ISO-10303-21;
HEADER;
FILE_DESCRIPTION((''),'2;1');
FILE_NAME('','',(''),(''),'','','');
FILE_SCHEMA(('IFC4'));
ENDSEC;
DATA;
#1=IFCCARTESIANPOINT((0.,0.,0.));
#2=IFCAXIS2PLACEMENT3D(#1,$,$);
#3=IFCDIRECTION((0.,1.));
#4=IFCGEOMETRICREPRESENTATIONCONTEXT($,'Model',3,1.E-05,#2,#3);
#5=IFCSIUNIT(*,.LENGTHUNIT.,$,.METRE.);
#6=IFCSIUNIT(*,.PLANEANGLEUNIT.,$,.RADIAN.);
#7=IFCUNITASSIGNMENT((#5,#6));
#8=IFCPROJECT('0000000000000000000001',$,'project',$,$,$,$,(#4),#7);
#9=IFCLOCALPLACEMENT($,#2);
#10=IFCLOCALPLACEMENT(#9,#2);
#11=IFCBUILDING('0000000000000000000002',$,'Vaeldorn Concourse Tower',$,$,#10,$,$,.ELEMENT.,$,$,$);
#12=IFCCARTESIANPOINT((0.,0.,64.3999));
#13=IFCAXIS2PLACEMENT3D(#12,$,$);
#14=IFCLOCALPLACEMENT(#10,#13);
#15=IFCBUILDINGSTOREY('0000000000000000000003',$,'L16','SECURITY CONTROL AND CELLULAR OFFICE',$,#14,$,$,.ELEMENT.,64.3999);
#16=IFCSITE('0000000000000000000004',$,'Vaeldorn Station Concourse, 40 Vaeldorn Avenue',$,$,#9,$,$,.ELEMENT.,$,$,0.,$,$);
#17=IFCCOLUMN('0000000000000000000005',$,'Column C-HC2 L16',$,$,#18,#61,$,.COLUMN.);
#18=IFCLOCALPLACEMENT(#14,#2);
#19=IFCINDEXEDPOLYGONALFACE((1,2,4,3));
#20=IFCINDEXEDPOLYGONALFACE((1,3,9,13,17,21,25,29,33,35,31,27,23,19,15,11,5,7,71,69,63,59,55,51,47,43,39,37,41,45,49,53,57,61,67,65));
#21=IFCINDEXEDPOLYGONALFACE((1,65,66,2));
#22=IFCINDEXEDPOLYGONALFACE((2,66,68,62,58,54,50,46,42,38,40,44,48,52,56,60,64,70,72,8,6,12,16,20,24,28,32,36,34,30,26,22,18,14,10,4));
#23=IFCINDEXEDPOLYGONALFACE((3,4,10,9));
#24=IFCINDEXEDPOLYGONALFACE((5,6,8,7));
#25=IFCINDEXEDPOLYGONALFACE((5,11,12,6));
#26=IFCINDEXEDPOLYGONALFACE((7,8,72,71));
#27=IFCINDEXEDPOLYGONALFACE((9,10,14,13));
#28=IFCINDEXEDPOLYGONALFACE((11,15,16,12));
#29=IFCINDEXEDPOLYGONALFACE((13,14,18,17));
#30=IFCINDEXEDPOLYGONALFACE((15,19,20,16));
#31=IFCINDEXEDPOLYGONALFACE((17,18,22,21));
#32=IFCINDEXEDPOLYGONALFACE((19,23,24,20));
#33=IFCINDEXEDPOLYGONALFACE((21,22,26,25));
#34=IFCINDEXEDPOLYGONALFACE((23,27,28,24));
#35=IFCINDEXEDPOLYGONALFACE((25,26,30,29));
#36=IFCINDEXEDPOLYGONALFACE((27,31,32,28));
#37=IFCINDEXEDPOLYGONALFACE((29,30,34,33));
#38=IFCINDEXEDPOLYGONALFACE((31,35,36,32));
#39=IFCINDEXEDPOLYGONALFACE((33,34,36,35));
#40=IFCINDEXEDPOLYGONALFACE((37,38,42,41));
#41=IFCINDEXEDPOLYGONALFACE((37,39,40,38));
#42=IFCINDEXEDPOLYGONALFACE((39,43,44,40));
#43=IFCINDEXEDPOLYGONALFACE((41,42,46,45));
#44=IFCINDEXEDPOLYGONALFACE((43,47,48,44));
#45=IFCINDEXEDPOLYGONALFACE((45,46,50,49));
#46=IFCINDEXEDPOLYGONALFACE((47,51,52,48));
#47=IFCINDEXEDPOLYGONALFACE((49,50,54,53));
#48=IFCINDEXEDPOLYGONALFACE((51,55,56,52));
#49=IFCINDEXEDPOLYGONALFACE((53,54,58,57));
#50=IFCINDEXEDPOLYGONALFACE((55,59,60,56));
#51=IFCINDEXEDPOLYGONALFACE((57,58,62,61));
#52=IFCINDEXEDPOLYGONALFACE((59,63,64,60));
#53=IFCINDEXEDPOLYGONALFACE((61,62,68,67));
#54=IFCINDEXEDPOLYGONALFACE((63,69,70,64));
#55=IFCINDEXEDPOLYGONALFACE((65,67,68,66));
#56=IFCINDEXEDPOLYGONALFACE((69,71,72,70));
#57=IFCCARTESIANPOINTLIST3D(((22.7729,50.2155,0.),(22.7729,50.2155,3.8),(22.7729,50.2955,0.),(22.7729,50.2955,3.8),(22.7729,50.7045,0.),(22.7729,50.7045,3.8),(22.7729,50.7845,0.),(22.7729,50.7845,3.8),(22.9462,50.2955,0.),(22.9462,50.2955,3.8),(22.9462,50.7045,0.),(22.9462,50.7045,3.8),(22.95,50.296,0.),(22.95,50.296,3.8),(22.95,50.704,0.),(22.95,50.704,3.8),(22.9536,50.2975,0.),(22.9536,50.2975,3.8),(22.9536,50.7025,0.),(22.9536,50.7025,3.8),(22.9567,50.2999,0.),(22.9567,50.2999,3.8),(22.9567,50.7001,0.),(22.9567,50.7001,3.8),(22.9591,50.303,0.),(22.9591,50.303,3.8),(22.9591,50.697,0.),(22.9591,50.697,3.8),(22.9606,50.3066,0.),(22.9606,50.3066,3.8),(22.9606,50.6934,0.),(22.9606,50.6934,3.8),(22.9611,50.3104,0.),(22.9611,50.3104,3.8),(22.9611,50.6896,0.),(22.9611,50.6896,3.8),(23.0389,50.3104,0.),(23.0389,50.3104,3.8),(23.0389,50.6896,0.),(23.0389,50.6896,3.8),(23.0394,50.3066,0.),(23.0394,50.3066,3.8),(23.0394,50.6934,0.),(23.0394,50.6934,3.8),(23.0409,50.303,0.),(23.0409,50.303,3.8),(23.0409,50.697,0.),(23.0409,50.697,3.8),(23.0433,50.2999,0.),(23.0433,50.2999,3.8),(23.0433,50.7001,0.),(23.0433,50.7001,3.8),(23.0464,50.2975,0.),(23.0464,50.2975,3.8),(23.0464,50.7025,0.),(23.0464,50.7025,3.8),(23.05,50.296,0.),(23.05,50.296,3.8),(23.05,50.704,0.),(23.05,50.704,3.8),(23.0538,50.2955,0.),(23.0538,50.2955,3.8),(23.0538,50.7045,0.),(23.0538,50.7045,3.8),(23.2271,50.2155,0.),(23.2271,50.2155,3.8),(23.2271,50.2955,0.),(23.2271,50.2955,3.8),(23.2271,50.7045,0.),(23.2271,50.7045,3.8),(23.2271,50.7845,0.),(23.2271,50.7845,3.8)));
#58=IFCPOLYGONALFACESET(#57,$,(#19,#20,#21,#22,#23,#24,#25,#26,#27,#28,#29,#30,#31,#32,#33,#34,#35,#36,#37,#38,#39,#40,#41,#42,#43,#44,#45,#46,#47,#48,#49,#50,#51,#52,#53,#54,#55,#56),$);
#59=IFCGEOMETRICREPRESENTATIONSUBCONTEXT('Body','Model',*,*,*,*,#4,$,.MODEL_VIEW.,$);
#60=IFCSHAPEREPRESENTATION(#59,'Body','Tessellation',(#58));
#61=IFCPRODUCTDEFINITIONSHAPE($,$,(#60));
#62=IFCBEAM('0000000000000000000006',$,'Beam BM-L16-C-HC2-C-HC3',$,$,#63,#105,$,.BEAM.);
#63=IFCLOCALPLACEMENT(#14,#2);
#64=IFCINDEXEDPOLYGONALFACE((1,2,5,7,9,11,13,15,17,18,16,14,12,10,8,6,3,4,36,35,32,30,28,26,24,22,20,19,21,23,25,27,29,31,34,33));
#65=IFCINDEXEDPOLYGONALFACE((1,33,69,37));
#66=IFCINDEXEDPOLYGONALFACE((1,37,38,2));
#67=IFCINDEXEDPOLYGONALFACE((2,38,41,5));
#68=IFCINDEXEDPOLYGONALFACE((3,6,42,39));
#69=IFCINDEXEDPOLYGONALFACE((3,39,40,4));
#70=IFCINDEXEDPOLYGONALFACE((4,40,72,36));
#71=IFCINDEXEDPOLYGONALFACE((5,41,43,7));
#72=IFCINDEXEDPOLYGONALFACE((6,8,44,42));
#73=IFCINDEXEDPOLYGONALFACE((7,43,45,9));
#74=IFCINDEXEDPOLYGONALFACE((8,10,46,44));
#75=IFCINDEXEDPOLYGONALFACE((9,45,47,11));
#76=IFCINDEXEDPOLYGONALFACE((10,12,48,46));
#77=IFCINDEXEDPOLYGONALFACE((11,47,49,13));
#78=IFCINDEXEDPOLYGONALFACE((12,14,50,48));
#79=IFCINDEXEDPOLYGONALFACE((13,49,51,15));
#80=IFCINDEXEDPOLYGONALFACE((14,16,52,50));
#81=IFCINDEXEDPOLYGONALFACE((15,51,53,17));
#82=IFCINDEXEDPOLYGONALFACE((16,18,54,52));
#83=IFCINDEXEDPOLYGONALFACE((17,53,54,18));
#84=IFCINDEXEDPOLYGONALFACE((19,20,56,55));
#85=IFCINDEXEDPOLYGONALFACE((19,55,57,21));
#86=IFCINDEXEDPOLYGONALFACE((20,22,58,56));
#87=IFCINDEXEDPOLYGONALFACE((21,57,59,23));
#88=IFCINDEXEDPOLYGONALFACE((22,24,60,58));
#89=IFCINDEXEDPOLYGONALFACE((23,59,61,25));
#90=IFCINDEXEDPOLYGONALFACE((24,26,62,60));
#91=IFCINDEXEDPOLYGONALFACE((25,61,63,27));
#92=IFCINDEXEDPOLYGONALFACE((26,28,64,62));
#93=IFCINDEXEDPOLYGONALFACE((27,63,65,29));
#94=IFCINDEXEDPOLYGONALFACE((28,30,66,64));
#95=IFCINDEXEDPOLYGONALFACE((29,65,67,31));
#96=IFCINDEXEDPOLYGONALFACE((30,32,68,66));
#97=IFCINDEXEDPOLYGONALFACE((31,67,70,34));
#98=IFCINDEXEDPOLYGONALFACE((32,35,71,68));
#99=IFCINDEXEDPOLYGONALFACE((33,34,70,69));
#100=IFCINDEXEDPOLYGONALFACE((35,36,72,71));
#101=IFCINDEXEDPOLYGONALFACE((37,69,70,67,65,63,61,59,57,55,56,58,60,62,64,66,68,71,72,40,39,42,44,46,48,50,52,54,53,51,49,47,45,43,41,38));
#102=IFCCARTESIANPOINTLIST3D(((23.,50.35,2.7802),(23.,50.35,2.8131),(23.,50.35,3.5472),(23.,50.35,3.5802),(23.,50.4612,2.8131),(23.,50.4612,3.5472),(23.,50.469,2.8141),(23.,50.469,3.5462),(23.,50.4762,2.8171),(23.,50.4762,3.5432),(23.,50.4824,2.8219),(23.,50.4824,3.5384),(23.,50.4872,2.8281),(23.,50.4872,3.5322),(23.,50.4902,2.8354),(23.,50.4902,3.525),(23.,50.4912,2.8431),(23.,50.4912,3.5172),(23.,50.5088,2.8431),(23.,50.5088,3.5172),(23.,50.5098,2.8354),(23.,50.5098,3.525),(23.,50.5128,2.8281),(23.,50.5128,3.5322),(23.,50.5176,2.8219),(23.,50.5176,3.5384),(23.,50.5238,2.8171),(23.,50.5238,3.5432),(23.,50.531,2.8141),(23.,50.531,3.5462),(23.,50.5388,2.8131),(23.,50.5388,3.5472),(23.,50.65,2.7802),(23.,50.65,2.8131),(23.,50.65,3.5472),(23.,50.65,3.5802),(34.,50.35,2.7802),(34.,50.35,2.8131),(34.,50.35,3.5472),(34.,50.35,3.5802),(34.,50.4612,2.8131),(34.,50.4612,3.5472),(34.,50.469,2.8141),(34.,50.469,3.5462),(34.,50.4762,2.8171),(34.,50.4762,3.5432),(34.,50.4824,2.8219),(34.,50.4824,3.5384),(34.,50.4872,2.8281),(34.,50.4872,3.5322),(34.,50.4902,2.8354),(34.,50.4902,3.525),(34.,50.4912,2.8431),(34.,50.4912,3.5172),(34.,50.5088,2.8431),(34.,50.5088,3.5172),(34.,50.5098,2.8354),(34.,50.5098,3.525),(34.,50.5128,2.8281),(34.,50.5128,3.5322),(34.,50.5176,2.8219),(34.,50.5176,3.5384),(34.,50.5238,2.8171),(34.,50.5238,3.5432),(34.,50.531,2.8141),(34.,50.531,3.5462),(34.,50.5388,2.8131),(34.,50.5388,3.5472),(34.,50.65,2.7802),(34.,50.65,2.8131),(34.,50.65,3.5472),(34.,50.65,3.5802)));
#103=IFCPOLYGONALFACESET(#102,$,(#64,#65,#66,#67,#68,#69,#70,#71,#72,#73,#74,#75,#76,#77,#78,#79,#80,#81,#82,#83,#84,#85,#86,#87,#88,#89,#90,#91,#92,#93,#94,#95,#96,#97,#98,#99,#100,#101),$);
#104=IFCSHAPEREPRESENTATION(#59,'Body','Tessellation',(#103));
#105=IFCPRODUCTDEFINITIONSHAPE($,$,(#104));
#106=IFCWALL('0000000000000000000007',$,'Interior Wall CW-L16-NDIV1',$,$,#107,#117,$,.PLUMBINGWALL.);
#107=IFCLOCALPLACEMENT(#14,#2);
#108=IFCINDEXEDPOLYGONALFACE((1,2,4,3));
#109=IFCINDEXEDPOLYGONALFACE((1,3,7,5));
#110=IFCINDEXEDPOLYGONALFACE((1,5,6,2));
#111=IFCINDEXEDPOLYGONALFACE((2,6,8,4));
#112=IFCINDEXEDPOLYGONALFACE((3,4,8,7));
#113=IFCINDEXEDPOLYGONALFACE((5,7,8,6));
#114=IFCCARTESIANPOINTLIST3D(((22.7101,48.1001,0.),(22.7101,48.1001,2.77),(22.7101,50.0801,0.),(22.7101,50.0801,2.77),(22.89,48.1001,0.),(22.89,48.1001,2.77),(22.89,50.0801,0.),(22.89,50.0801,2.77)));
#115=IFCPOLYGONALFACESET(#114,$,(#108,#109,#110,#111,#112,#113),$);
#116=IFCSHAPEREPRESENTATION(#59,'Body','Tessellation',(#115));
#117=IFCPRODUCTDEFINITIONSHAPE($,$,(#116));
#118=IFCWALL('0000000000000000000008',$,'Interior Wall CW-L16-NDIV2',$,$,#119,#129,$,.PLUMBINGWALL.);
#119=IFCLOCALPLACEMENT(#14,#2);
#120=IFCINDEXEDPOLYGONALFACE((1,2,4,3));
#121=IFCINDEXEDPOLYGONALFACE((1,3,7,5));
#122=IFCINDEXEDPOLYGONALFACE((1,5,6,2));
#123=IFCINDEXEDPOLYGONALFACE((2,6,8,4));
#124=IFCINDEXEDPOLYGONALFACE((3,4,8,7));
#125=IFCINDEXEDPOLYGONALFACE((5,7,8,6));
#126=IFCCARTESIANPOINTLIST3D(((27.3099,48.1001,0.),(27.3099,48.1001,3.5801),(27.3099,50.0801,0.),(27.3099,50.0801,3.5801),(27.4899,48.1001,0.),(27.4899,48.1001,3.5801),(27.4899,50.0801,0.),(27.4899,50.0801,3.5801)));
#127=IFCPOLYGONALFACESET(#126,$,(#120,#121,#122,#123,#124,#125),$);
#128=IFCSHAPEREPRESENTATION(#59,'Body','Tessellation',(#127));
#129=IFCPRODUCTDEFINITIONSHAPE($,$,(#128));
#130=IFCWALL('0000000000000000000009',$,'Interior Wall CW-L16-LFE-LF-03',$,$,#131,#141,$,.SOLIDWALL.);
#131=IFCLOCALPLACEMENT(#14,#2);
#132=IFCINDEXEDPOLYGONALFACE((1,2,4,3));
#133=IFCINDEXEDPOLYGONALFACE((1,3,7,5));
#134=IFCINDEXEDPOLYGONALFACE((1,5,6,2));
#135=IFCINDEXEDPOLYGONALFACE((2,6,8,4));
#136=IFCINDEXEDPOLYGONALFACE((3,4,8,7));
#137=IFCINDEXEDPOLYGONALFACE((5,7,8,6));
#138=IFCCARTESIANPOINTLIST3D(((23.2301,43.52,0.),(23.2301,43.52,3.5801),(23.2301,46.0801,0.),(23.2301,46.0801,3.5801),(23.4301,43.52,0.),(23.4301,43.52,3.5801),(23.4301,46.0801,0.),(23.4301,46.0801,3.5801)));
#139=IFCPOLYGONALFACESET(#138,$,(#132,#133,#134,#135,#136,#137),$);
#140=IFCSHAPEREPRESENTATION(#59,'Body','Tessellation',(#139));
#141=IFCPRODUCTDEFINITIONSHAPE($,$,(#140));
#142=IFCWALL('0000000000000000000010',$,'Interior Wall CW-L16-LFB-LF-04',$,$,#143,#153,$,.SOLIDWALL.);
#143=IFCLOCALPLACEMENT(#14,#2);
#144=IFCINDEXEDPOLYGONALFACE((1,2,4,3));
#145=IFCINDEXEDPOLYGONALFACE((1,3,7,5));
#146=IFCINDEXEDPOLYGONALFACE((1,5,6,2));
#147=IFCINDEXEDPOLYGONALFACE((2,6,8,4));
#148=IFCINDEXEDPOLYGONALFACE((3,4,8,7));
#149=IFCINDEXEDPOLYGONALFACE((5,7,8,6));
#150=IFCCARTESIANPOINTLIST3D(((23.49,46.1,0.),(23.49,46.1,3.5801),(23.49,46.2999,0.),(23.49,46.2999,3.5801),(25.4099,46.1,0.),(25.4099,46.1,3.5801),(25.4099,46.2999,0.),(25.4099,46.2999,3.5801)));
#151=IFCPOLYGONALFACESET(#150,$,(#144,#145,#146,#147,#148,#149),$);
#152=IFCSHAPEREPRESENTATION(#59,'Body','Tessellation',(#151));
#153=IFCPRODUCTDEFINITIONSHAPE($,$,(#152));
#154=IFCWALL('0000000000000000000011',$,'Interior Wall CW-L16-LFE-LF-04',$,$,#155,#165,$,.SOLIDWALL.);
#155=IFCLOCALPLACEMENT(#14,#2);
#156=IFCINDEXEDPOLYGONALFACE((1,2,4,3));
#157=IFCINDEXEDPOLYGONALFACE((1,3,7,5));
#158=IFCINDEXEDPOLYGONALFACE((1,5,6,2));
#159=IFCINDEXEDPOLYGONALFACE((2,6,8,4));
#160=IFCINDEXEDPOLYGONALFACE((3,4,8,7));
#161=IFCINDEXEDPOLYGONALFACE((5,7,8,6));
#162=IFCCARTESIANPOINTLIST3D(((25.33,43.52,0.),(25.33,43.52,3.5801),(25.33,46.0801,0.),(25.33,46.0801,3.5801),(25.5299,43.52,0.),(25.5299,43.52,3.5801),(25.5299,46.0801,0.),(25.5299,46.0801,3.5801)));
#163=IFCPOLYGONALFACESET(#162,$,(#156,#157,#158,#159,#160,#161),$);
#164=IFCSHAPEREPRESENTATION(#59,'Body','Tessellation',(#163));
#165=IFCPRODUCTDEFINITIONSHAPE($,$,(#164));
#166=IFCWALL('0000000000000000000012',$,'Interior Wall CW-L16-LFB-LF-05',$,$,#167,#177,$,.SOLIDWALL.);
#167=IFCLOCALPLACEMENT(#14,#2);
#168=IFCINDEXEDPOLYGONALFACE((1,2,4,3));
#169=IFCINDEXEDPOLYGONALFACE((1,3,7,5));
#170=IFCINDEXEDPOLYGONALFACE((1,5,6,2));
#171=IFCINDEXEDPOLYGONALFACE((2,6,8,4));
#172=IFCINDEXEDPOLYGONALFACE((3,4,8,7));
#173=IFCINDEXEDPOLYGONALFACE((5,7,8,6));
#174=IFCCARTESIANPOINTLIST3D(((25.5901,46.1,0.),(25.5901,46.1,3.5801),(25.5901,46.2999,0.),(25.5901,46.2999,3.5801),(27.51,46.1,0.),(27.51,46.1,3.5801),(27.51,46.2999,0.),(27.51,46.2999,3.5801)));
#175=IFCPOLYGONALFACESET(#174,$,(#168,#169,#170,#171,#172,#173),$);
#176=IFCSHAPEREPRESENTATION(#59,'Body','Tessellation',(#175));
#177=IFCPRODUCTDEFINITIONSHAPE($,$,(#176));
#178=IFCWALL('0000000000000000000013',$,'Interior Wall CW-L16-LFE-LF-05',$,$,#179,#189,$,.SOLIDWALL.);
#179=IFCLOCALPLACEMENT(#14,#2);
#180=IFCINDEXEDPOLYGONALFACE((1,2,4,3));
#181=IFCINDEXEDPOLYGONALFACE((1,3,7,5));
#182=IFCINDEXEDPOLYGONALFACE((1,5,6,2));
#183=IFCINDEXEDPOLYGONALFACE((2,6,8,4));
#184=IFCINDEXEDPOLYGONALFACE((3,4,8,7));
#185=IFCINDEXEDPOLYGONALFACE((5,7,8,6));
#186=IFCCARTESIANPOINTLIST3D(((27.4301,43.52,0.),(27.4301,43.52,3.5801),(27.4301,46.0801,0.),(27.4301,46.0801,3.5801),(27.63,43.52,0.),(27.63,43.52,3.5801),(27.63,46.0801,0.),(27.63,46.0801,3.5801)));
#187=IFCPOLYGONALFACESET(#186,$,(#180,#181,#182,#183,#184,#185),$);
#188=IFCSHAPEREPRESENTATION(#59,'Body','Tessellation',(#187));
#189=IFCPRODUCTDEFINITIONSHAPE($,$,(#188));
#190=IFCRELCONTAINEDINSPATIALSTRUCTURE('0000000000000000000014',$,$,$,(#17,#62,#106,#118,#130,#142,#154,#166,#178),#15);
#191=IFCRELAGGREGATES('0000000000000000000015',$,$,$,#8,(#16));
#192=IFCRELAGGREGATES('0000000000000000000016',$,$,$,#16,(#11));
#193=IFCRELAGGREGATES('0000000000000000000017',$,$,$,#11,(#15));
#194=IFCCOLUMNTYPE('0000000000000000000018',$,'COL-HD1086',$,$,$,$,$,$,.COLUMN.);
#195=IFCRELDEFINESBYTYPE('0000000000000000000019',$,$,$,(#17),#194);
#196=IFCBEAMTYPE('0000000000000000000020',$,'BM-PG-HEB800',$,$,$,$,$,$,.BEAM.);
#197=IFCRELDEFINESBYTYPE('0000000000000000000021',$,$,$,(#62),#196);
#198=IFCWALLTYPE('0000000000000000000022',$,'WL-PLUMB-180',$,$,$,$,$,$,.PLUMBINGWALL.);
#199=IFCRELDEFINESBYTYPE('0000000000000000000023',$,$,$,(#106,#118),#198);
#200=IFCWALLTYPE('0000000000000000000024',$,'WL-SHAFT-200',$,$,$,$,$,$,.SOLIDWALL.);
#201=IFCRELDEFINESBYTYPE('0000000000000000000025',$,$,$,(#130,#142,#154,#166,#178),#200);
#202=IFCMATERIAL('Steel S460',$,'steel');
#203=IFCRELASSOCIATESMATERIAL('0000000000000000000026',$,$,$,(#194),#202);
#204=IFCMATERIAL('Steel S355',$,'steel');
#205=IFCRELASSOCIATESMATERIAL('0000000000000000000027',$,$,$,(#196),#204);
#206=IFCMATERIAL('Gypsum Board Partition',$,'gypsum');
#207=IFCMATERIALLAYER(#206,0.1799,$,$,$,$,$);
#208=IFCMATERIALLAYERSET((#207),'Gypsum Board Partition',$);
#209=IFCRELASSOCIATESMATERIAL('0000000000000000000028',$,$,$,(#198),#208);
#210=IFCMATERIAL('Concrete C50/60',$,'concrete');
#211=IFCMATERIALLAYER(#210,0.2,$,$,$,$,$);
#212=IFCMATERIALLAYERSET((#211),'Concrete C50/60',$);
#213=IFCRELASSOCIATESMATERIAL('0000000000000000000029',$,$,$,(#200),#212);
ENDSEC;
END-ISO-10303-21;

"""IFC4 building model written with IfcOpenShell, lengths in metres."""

from ifc_helpers import new_model, si_unit, direction, frame, frame_2d, origin, origin_2d, place, context, subcontext, project, spatial, rectangle, i_section, extrude, source, transform, mapped, material, layer, layer_set, material_profile, profile_set, type_object, element, save


model = new_model("IFC4")

# Units and contexts
model_context = context("Model", 3, precision=1e-05, world=origin(), true_north=direction((0.0, 1.0)))
body_context = subcontext(model_context, "Body", "Model", "MODEL_VIEW")
ifc_project = project(units=[si_unit("LENGTHUNIT", "METRE"), si_unit("PLANEANGLEUNIT", "RADIAN")], contexts=[model_context])

# Site, building, storey
site_placement = place(None, origin())
site = spatial("IfcSite", under=ifc_project, at=site_placement, Name="Vaeldorn Station Concourse, 40 Vaeldorn Avenue", CompositionType="ELEMENT", RefElevation=0.0)
building_placement = place(site_placement, origin())
building = spatial("IfcBuilding", under=site, at=building_placement, Name="Vaeldorn Concourse Tower", CompositionType="ELEMENT")
storey_placement = place(building_placement, frame((0.0, 0.0, 64.3999)))
storey = spatial("IfcBuildingStorey", under=building, at=storey_placement, Name="L16", Description="SECURITY CONTROL AND CELLULAR OFFICE", CompositionType="ELEMENT", Elevation=64.3999)

# Column
ifc_material_1 = material(Name="Steel S460", Category="steel")
ifc_material_profile_1 = material_profile(ifc_material_1, i_section(OverallWidth=0.4541, OverallDepth=0.5691, WebThickness=0.0779, FlangeThickness=0.0801, FilletRadius=0.0149, at=origin_2d()), Name="HD 400x1086")
ifc_profile_set_1 = profile_set([ifc_material_profile_1], Name="Steel S460")
column_type = type_object("IfcColumnType", Name="COL-HD1086", PredefinedType="COLUMN", material=ifc_profile_set_1)
shared_shape_1 = source(origin(), body_context, "Body", "SweptSolid", [
    extrude(i_section(OverallWidth=0.4541, OverallDepth=0.5691, WebThickness=0.0779, FlangeThickness=0.0801, FilletRadius=0.0149, at=origin_2d()), origin(), (0.0, 0.0, 1.0), 3.8),
])
column_placement = place(storey_placement, frame((23.0, 50.5, 0.0), z_axis=(0.0, 0.0, 1.0), x_axis=(1.0, 0.0, 0.0)))
element("IfcColumn", 1, at=column_placement, inside=storey, type_object=column_type, Name="Column C-HC2 L16", PredefinedType="COLUMN", context=body_context, shape_type="MappedRepresentation", body=[
    mapped(shared_shape_1, transform((0.0, 0.0, 0.0), scale=1.0)),
])

# Beam
ifc_material_2 = material(Name="Steel S355", Category="steel")
ifc_material_profile_2 = material_profile(ifc_material_2, i_section(OverallWidth=0.3, OverallDepth=0.8, WebThickness=0.0176, FlangeThickness=0.033, FilletRadius=0.03, at=origin_2d()), Name="HEB 800")
ifc_profile_set_2 = profile_set([ifc_material_profile_2], Name="Steel S355")
beam_type = type_object("IfcBeamType", Name="BM-PG-HEB800", PredefinedType="BEAM", material=ifc_profile_set_2)
shared_shape_2 = source(origin(), body_context, "Body", "SweptSolid", [
    extrude(i_section(OverallWidth=0.3, OverallDepth=0.8, WebThickness=0.0176, FlangeThickness=0.033, FilletRadius=0.03, at=origin_2d()), origin(), (0.0, 0.0, 1.0), 11.0),
])
beam_placement = place(storey_placement, frame((23.0, 50.5, 3.1802), z_axis=(1.0, 0.0, 0.0), x_axis=(0.0, 1.0, 0.0)))
element("IfcBeam", 2, at=beam_placement, inside=storey, type_object=beam_type, Name="Beam BM-L16-C-HC2-C-HC3", PredefinedType="BEAM", context=body_context, shape_type="MappedRepresentation", body=[
    mapped(shared_shape_2, transform((0.0, 0.0, 0.0), scale=1.0)),
])

# Walls
ifc_material_3 = material(Name="Gypsum Board Partition", Category="gypsum")
ifc_layer_1 = layer(ifc_material_3, 0.1799)
ifc_layer_set_1 = layer_set([ifc_layer_1], Name="Gypsum Board Partition")
wall_type_1 = type_object("IfcWallType", Name="WL-PLUMB-180", PredefinedType="PLUMBINGWALL", material=ifc_layer_set_1)
wall_1_placement = place(storey_placement, frame((22.8, 48.1001, 0.0), z_axis=(0.0, 0.0, 1.0), x_axis=(0.0, 1.0, 0.0)))
element("IfcWall", 3, at=wall_1_placement, inside=storey, type_object=wall_type_1, Name="Interior Wall CW-L16-NDIV1", PredefinedType="PLUMBINGWALL", context=body_context, shape_type="SweptSolid", body=[
    extrude(rectangle(XDim=1.98, YDim=0.1799, at=frame_2d((0.99, 0.0))), origin(), (0.0, 0.0, 1.0), 2.77),
])
wall_2_placement = place(storey_placement, frame((27.3999, 48.1001, 0.0), z_axis=(0.0, 0.0, 1.0), x_axis=(0.0, 1.0, 0.0)))
element("IfcWall", 4, at=wall_2_placement, inside=storey, type_object=wall_type_1, Name="Interior Wall CW-L16-NDIV2", PredefinedType="PLUMBINGWALL", context=body_context, shape_type="SweptSolid", body=[
    extrude(rectangle(XDim=1.98, YDim=0.1799, at=frame_2d((0.99, 0.0))), origin(), (0.0, 0.0, 1.0), 3.5801),
])
ifc_material_4 = material(Name="Concrete C50/60", Category="concrete")
ifc_layer_2 = layer(ifc_material_4, 0.2)
ifc_layer_set_2 = layer_set([ifc_layer_2], Name="Concrete C50/60")
wall_type_2 = type_object("IfcWallType", Name="WL-SHAFT-200", PredefinedType="SOLIDWALL", material=ifc_layer_set_2)
wall_3_placement = place(storey_placement, frame((23.3301, 43.52, 0.0), z_axis=(0.0, 0.0, 1.0), x_axis=(0.0, 1.0, 0.0)))
element("IfcWall", 5, at=wall_3_placement, inside=storey, type_object=wall_type_2, Name="Interior Wall CW-L16-LFE-LF-03", PredefinedType="SOLIDWALL", context=body_context, shape_type="SweptSolid", body=[
    extrude(rectangle(XDim=2.5601, YDim=0.2, at=frame_2d((1.28, 0.0))), origin(), (0.0, 0.0, 1.0), 3.5801),
])

# Walls
wall_4_placement = place(storey_placement, frame((23.49, 46.2, 0.0), z_axis=(0.0, 0.0, 1.0), x_axis=(1.0, 0.0, 0.0)))
element("IfcWall", 6, at=wall_4_placement, inside=storey, type_object=wall_type_2, Name="Interior Wall CW-L16-LFB-LF-04", PredefinedType="SOLIDWALL", context=body_context, shape_type="SweptSolid", body=[
    extrude(rectangle(XDim=1.9199, YDim=0.2, at=frame_2d((0.96, 0.0))), origin(), (0.0, 0.0, 1.0), 3.5801),
])
wall_5_placement = place(storey_placement, frame((25.4299, 43.52, 0.0), z_axis=(0.0, 0.0, 1.0), x_axis=(0.0, 1.0, 0.0)))
element("IfcWall", 7, at=wall_5_placement, inside=storey, type_object=wall_type_2, Name="Interior Wall CW-L16-LFE-LF-04", PredefinedType="SOLIDWALL", context=body_context, shape_type="SweptSolid", body=[
    extrude(rectangle(XDim=2.5601, YDim=0.2, at=frame_2d((1.28, 0.0))), origin(), (0.0, 0.0, 1.0), 3.5801),
])

# Walls
wall_6_placement = place(storey_placement, frame((25.5901, 46.2, 0.0), z_axis=(0.0, 0.0, 1.0), x_axis=(1.0, 0.0, 0.0)))
element("IfcWall", 8, at=wall_6_placement, inside=storey, type_object=wall_type_2, Name="Interior Wall CW-L16-LFB-LF-05", PredefinedType="SOLIDWALL", context=body_context, shape_type="SweptSolid", body=[
    extrude(rectangle(XDim=1.9199, YDim=0.2, at=frame_2d((0.96, 0.0))), origin(), (0.0, 0.0, 1.0), 3.5801),
])
wall_7_placement = place(storey_placement, frame((27.53, 43.52, 0.0), z_axis=(0.0, 0.0, 1.0), x_axis=(0.0, 1.0, 0.0)))
element("IfcWall", 9, at=wall_7_placement, inside=storey, type_object=wall_type_2, Name="Interior Wall CW-L16-LFE-LF-05", PredefinedType="SOLIDWALL", context=body_context, shape_type="SweptSolid", body=[
    extrude(rectangle(XDim=2.5601, YDim=0.2, at=frame_2d((1.28, 0.0))), origin(), (0.0, 0.0, 1.0), 3.5801),
])

save(model, "model.ifc")
